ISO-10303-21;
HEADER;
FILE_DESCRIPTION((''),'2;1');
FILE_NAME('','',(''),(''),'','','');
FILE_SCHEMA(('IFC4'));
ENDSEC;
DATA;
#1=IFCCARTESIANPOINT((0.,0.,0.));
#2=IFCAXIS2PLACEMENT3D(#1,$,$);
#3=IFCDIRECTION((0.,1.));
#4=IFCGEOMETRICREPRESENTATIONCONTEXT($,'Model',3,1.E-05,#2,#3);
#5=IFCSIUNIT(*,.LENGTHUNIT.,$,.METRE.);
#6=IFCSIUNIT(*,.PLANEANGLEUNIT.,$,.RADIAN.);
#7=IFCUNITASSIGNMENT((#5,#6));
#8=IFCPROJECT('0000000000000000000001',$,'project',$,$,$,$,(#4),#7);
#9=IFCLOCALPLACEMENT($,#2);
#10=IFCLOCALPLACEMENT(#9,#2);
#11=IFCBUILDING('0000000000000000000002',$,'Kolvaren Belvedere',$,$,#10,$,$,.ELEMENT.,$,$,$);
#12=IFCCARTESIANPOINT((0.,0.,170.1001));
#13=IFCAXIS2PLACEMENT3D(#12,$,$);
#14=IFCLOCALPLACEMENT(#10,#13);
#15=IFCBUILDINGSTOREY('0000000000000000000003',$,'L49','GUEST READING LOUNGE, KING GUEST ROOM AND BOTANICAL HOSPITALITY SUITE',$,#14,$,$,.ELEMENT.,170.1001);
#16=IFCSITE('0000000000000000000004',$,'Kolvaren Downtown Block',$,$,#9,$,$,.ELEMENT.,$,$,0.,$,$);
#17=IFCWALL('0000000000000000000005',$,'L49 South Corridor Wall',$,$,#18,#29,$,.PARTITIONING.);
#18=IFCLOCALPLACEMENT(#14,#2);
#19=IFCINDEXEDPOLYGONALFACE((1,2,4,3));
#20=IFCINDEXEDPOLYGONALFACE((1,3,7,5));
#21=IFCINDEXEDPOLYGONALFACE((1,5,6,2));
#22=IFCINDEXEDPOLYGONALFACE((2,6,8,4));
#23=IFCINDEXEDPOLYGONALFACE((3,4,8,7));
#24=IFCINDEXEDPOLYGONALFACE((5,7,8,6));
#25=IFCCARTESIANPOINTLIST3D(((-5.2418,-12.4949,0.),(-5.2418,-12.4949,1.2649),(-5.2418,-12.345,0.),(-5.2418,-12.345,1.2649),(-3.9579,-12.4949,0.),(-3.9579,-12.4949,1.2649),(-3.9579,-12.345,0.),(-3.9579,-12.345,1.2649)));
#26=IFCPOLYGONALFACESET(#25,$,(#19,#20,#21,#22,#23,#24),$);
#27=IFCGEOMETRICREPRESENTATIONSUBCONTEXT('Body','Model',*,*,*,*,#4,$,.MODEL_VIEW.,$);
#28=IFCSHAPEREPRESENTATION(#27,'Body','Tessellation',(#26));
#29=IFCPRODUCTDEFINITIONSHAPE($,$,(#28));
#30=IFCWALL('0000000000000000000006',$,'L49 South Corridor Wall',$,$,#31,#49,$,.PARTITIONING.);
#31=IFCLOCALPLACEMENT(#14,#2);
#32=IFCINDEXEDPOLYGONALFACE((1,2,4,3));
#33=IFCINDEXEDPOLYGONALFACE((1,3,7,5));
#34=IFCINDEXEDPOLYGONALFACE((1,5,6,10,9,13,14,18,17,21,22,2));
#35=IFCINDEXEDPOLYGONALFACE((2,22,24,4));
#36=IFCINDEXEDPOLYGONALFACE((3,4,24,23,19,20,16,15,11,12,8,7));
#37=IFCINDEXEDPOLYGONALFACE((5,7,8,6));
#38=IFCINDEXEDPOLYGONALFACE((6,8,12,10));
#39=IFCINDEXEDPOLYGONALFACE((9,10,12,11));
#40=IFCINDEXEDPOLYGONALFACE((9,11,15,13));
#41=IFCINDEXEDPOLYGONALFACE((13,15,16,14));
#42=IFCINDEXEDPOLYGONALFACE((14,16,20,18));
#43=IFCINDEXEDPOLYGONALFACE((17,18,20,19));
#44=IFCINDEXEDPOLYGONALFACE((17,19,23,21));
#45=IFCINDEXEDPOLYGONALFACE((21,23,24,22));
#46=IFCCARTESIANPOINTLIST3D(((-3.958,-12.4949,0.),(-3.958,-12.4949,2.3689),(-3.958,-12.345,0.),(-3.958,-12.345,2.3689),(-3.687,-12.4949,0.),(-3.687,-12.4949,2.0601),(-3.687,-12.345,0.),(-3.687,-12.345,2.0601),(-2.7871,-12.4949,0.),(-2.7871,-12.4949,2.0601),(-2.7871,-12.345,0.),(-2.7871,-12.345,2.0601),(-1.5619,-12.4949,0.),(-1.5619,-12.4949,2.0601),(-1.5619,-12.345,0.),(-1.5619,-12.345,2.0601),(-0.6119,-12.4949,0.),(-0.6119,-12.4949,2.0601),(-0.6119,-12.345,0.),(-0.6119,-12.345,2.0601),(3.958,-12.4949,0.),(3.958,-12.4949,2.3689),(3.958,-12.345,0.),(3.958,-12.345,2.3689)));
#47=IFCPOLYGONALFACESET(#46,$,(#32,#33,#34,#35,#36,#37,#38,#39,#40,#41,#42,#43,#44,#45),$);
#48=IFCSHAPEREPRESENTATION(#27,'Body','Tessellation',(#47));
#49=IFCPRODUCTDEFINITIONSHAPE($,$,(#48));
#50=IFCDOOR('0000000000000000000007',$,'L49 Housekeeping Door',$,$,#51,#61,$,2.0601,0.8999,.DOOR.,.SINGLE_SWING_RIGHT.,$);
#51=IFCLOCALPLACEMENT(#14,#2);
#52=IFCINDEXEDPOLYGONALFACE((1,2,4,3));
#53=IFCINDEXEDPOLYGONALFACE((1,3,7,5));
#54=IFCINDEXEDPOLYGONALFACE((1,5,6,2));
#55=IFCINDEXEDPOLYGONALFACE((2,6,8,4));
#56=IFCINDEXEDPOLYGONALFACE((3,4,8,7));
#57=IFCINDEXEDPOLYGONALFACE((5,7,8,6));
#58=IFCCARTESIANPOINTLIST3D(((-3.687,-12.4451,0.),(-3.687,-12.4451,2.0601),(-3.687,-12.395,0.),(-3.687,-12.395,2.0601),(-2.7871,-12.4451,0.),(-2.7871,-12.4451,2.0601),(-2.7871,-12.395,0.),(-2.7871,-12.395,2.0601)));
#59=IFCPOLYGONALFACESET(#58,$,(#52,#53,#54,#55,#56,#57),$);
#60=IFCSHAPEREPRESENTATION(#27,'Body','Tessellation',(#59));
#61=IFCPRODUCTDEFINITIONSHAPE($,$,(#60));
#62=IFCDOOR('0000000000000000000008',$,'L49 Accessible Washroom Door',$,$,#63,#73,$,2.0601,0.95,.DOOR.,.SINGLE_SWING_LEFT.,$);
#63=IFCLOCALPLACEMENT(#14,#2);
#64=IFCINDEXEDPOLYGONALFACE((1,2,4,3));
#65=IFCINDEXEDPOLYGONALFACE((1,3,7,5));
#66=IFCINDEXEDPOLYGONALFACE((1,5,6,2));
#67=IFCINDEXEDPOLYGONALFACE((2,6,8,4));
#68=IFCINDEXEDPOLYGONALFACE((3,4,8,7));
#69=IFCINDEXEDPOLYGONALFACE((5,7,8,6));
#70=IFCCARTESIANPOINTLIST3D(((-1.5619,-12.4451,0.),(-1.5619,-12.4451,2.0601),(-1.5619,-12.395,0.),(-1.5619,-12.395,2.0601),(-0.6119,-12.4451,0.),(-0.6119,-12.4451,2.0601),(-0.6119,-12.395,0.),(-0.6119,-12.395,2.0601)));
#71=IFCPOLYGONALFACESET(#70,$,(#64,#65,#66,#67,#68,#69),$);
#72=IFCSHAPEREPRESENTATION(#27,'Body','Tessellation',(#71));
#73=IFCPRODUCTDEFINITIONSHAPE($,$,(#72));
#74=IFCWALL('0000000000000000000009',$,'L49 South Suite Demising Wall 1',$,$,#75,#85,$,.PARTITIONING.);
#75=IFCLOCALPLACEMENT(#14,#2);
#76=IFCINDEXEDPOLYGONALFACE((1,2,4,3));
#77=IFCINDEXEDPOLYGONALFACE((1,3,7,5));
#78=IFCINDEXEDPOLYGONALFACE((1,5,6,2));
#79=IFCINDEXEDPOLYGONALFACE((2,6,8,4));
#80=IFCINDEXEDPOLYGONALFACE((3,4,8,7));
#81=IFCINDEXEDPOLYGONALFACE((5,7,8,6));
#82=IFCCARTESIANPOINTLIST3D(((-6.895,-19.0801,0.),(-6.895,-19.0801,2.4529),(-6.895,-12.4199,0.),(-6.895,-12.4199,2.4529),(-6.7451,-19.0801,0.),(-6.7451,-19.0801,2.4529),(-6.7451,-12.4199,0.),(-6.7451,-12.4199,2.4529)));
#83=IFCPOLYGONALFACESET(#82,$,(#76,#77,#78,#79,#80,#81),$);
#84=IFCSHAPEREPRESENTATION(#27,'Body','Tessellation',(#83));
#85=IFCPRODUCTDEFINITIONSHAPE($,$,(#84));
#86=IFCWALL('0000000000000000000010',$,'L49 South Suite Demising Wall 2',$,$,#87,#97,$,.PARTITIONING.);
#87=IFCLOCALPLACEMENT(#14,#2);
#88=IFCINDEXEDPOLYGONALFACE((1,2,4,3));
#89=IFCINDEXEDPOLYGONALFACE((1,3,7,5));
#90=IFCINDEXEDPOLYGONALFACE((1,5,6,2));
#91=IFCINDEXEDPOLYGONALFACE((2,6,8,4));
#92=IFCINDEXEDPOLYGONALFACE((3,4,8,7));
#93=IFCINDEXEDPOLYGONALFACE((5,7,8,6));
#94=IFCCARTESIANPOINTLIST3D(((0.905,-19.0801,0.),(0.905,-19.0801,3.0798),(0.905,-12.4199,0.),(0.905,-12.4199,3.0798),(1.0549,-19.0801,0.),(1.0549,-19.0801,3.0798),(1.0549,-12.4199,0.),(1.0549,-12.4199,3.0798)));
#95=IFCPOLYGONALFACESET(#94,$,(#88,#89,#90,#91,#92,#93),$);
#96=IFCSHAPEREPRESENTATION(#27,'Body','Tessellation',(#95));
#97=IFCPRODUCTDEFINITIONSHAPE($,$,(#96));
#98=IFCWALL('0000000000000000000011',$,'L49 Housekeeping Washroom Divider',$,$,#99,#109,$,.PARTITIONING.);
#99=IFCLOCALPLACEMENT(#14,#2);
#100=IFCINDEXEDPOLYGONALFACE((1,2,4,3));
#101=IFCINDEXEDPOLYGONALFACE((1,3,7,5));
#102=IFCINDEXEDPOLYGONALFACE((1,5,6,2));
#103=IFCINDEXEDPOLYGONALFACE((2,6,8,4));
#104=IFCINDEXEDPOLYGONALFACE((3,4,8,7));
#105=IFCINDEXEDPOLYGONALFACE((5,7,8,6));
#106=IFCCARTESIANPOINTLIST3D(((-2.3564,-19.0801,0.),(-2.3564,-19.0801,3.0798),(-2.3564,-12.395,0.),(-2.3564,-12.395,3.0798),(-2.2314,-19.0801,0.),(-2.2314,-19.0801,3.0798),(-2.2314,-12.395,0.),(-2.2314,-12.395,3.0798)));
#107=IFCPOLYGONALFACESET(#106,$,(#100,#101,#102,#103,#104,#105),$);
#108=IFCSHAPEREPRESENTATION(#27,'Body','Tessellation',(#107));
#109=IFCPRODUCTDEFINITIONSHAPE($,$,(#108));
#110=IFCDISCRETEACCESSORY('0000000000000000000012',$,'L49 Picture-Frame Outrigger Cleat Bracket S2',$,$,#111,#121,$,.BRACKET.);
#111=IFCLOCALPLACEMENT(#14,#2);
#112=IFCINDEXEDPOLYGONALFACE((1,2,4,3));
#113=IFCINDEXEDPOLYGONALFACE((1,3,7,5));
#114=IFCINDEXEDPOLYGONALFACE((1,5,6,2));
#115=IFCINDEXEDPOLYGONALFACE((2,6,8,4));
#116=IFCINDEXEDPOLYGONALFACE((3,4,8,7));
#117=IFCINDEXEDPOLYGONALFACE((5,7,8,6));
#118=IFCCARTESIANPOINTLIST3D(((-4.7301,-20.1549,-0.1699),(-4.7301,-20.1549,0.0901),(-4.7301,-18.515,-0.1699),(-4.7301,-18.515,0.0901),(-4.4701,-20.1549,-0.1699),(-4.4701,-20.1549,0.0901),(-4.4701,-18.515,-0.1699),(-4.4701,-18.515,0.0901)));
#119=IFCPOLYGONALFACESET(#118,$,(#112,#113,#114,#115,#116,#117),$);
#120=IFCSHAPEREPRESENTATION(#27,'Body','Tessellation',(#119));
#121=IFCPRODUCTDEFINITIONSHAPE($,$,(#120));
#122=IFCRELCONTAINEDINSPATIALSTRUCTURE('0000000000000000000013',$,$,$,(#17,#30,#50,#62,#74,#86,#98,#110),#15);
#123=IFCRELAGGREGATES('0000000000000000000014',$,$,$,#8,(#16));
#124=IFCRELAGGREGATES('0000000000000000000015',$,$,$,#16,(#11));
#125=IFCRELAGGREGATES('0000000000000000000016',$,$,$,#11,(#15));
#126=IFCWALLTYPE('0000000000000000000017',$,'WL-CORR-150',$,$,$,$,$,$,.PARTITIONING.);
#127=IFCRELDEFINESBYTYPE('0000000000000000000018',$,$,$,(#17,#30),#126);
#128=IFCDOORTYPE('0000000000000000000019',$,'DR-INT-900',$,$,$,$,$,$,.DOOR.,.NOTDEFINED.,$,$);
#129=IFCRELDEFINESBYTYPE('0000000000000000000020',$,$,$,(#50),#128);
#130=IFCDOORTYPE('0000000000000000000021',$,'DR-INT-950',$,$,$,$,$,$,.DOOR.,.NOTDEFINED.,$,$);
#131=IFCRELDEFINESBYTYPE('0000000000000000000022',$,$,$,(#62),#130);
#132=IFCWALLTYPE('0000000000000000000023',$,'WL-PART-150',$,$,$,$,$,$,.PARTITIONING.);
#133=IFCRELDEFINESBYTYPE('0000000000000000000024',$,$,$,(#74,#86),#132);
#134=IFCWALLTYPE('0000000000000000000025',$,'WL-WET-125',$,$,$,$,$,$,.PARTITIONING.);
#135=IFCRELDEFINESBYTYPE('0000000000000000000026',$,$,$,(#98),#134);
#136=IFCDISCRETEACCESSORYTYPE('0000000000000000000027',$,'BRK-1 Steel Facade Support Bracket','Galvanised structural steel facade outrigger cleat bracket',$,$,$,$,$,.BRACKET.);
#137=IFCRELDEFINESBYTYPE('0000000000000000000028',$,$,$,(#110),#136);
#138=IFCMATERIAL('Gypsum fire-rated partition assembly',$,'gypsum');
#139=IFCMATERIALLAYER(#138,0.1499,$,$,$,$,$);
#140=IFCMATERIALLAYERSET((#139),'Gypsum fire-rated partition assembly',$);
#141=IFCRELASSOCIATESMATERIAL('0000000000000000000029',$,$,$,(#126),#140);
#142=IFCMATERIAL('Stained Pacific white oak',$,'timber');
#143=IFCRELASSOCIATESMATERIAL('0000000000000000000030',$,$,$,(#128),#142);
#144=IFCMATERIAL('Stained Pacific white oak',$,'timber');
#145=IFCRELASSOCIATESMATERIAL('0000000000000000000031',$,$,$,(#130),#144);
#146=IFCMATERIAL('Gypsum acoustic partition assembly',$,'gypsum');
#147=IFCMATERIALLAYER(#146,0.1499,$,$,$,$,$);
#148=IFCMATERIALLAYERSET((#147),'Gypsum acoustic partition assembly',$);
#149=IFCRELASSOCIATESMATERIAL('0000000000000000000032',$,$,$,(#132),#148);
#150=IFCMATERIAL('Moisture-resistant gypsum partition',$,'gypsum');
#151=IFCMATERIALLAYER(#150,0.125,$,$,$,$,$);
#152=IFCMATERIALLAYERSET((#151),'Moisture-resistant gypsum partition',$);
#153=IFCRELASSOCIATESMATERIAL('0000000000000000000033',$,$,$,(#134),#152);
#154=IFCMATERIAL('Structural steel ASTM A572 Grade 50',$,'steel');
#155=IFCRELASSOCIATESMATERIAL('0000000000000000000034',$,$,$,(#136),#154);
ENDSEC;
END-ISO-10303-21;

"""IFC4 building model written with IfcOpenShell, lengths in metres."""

from ifc_helpers import new_model, si_unit, direction, frame, frame_2d, origin, origin_2d, place, context, subcontext, project, spatial, rectangle, extrude, material, layer, layer_set, type_object, element, fill, save


model = new_model("IFC4")

# Units and contexts
model_context = context("Model", 3, precision=1e-05, world=origin(), true_north=direction((0.0, 1.0)))
body_context = subcontext(model_context, "Body", "Model", "MODEL_VIEW")
ifc_project = project(units=[si_unit("LENGTHUNIT", "METRE"), si_unit("PLANEANGLEUNIT", "RADIAN")], contexts=[model_context])

# Site, building, storey
site_placement = place(None, origin())
site = spatial("IfcSite", under=ifc_project, at=site_placement, Name="Kolvaren Downtown Block", CompositionType="ELEMENT", RefElevation=0.0)
building_placement = place(site_placement, origin())
building = spatial("IfcBuilding", under=site, at=building_placement, Name="Kolvaren Belvedere", CompositionType="ELEMENT")
storey_placement = place(building_placement, frame((0.0, 0.0, 170.1001)))
storey = spatial("IfcBuildingStorey", under=building, at=storey_placement, Name="L49", Description="GUEST READING LOUNGE, KING GUEST ROOM AND BOTANICAL HOSPITALITY SUITE", CompositionType="ELEMENT", Elevation=170.1001)

# Wall
ifc_material_1 = material(Name="Gypsum fire-rated partition assembly", Category="gypsum")
ifc_layer_1 = layer(ifc_material_1, 0.1499)
ifc_layer_set_1 = layer_set([ifc_layer_1], Name="Gypsum fire-rated partition assembly")
wall_type_1 = type_object("IfcWallType", Name="WL-CORR-150", PredefinedType="PARTITIONING", material=ifc_layer_set_1)
wall_1_placement = place(storey_placement, frame((-5.2419, -12.4199, 0.0), z_axis=(0.0, 0.0, 1.0), x_axis=(1.0, 0.0, 0.0)))
element("IfcWall", 1, at=wall_1_placement, inside=storey, type_object=wall_type_1, Name="L49 South Corridor Wall", PredefinedType="PARTITIONING", context=body_context, shape_type="SweptSolid", body=[
    extrude(rectangle(XDim=1.2839, YDim=0.1499, at=frame_2d((0.6421, 0.0))), origin(), (0.0, 0.0, 1.0), 1.2649),
])

# Wall, openings, doors
wall_2_placement = place(storey_placement, frame((-3.958, -12.4199, 0.0), z_axis=(0.0, 0.0, 1.0), x_axis=(1.0, 0.0, 0.0)))
wall_2 = element("IfcWall", 2, at=wall_2_placement, inside=storey, type_object=wall_type_1, Name="L49 South Corridor Wall", PredefinedType="PARTITIONING", context=body_context, shape_type="SweptSolid", body=[
    extrude(rectangle(XDim=7.916, YDim=0.1499, at=frame_2d((3.958, 0.0))), origin(), (0.0, 0.0, 1.0), 2.3689),
])
opening_1_placement = place(wall_2_placement, frame((0.271, 0.0, 0.0)))
opening_1 = element("IfcOpeningElement", 3, at=opening_1_placement, cuts=wall_2, PredefinedType="OPENING", context=body_context, shape_type="SweptSolid", body=[
    extrude(rectangle(XDim=0.8999, YDim=2.0601, at=frame_2d((0.45, 1.03))), frame((0.0, 0.085, 0.0), z_axis=(0.0, -1.0, 0.0), x_axis=(1.0, 0.0, 0.0)), (0.0, 0.0, 1.0), 0.1699),
])
opening_2_placement = place(wall_2_placement, frame((2.396, 0.0, 0.0)))
opening_2 = element("IfcOpeningElement", 4, at=opening_2_placement, cuts=wall_2, PredefinedType="OPENING", context=body_context, shape_type="SweptSolid", body=[
    extrude(rectangle(XDim=0.95, YDim=2.0601, at=frame_2d((0.4751, 1.03))), frame((0.0, 0.085, 0.0), z_axis=(0.0, -1.0, 0.0), x_axis=(1.0, 0.0, 0.0)), (0.0, 0.0, 1.0), 0.1699),
])
ifc_material_2 = material(Name="Stained Pacific white oak", Category="timber")
door_type_1 = type_object("IfcDoorType", Name="DR-INT-900", OperationType="NOTDEFINED", PredefinedType="DOOR", material=ifc_material_2)
door_1_placement = place(opening_1_placement, origin())
door_1 = element("IfcDoor", 5, at=door_1_placement, inside=storey, type_object=door_type_1, Name="L49 Housekeeping Door", OperationType="SINGLE_SWING_RIGHT", OverallHeight=2.0601, OverallWidth=0.8999, PredefinedType="DOOR", context=body_context, shape_type="SweptSolid", body=[
    extrude(rectangle(XDim=0.8999, YDim=2.0601, at=frame_2d((0.45, 1.03))), frame((0.0, 0.0249, 0.0), z_axis=(0.0, -1.0, 0.0), x_axis=(1.0, 0.0, 0.0)), (0.0, 0.0, 1.0), 0.05),
])
fill(opening_1, door_1)
ifc_material_3 = material(Name="Stained Pacific white oak", Category="timber")
door_type_2 = type_object("IfcDoorType", Name="DR-INT-950", OperationType="NOTDEFINED", PredefinedType="DOOR", material=ifc_material_3)
door_2_placement = place(opening_2_placement, origin())
door_2 = element("IfcDoor", 6, at=door_2_placement, inside=storey, type_object=door_type_2, Name="L49 Accessible Washroom Door", OperationType="SINGLE_SWING_LEFT", OverallHeight=2.0601, OverallWidth=0.95, PredefinedType="DOOR", context=body_context, shape_type="SweptSolid", body=[
    extrude(rectangle(XDim=0.95, YDim=2.0601, at=frame_2d((0.4751, 1.03))), frame((0.0, 0.0249, 0.0), z_axis=(0.0, -1.0, 0.0), x_axis=(1.0, 0.0, 0.0)), (0.0, 0.0, 1.0), 0.05),
])
fill(opening_2, door_2)

# Walls
ifc_material_4 = material(Name="Gypsum acoustic partition assembly", Category="gypsum")
ifc_layer_2 = layer(ifc_material_4, 0.1499)
ifc_layer_set_2 = layer_set([ifc_layer_2], Name="Gypsum acoustic partition assembly")
wall_type_2 = type_object("IfcWallType", Name="WL-PART-150", PredefinedType="PARTITIONING", material=ifc_layer_set_2)
wall_3_placement = place(storey_placement, frame((-6.8201, -19.0801, 0.0), z_axis=(0.0, 0.0, 1.0), x_axis=(0.0, 1.0, 0.0)))
element("IfcWall", 7, at=wall_3_placement, inside=storey, type_object=wall_type_2, Name="L49 South Suite Demising Wall 1", PredefinedType="PARTITIONING", context=body_context, shape_type="SweptSolid", body=[
    extrude(rectangle(XDim=6.6602, YDim=0.1499, at=frame_2d((3.3301, 0.0))), origin(), (0.0, 0.0, 1.0), 2.4529),
])
wall_4_placement = place(storey_placement, frame((0.98, -19.0801, 0.0), z_axis=(0.0, 0.0, 1.0), x_axis=(0.0, 1.0, 0.0)))
element("IfcWall", 8, at=wall_4_placement, inside=storey, type_object=wall_type_2, Name="L49 South Suite Demising Wall 2", PredefinedType="PARTITIONING", context=body_context, shape_type="SweptSolid", body=[
    extrude(rectangle(XDim=6.6602, YDim=0.1499, at=frame_2d((3.3301, 0.0))), origin(), (0.0, 0.0, 1.0), 3.0798),
])
ifc_material_5 = material(Name="Moisture-resistant gypsum partition", Category="gypsum")
ifc_layer_3 = layer(ifc_material_5, 0.125)
ifc_layer_set_3 = layer_set([ifc_layer_3], Name="Moisture-resistant gypsum partition")
wall_type_3 = type_object("IfcWallType", Name="WL-WET-125", PredefinedType="PARTITIONING", material=ifc_layer_set_3)
wall_5_placement = place(storey_placement, frame((-2.2939, -19.0801, 0.0), z_axis=(0.0, 0.0, 1.0), x_axis=(0.0, 1.0, 0.0)))
element("IfcWall", 9, at=wall_5_placement, inside=storey, type_object=wall_type_3, Name="L49 Housekeeping Washroom Divider", PredefinedType="PARTITIONING", context=body_context, shape_type="SweptSolid", body=[
    extrude(rectangle(XDim=6.6851, YDim=0.125, at=frame_2d((3.3425, 0.0))), origin(), (0.0, 0.0, 1.0), 3.0798),
])

# Discrete accessory
ifc_material_6 = material(Name="Structural steel ASTM A572 Grade 50", Category="steel")
discrete_accessory_type = type_object("IfcDiscreteAccessoryType", Name="BRK-1 Steel Facade Support Bracket", Description="Galvanised structural steel facade outrigger cleat bracket", PredefinedType="BRACKET", material=ifc_material_6)
discrete_accessory_placement = place(storey_placement, frame((-4.6001, -19.335, -0.1699), z_axis=(0.0, 0.0, 1.0), x_axis=(0.0, 1.0, 0.0)))
element("IfcDiscreteAccessory", 10, at=discrete_accessory_placement, inside=storey, type_object=discrete_accessory_type, Name="L49 Picture-Frame Outrigger Cleat Bracket S2", PredefinedType="BRACKET", context=body_context, shape_type="SweptSolid", body=[
    extrude(rectangle(XDim=1.6399, YDim=0.26, at=origin_2d()), origin(), (0.0, 0.0, 1.0), 0.26),
])

save(model, "model.ifc")
